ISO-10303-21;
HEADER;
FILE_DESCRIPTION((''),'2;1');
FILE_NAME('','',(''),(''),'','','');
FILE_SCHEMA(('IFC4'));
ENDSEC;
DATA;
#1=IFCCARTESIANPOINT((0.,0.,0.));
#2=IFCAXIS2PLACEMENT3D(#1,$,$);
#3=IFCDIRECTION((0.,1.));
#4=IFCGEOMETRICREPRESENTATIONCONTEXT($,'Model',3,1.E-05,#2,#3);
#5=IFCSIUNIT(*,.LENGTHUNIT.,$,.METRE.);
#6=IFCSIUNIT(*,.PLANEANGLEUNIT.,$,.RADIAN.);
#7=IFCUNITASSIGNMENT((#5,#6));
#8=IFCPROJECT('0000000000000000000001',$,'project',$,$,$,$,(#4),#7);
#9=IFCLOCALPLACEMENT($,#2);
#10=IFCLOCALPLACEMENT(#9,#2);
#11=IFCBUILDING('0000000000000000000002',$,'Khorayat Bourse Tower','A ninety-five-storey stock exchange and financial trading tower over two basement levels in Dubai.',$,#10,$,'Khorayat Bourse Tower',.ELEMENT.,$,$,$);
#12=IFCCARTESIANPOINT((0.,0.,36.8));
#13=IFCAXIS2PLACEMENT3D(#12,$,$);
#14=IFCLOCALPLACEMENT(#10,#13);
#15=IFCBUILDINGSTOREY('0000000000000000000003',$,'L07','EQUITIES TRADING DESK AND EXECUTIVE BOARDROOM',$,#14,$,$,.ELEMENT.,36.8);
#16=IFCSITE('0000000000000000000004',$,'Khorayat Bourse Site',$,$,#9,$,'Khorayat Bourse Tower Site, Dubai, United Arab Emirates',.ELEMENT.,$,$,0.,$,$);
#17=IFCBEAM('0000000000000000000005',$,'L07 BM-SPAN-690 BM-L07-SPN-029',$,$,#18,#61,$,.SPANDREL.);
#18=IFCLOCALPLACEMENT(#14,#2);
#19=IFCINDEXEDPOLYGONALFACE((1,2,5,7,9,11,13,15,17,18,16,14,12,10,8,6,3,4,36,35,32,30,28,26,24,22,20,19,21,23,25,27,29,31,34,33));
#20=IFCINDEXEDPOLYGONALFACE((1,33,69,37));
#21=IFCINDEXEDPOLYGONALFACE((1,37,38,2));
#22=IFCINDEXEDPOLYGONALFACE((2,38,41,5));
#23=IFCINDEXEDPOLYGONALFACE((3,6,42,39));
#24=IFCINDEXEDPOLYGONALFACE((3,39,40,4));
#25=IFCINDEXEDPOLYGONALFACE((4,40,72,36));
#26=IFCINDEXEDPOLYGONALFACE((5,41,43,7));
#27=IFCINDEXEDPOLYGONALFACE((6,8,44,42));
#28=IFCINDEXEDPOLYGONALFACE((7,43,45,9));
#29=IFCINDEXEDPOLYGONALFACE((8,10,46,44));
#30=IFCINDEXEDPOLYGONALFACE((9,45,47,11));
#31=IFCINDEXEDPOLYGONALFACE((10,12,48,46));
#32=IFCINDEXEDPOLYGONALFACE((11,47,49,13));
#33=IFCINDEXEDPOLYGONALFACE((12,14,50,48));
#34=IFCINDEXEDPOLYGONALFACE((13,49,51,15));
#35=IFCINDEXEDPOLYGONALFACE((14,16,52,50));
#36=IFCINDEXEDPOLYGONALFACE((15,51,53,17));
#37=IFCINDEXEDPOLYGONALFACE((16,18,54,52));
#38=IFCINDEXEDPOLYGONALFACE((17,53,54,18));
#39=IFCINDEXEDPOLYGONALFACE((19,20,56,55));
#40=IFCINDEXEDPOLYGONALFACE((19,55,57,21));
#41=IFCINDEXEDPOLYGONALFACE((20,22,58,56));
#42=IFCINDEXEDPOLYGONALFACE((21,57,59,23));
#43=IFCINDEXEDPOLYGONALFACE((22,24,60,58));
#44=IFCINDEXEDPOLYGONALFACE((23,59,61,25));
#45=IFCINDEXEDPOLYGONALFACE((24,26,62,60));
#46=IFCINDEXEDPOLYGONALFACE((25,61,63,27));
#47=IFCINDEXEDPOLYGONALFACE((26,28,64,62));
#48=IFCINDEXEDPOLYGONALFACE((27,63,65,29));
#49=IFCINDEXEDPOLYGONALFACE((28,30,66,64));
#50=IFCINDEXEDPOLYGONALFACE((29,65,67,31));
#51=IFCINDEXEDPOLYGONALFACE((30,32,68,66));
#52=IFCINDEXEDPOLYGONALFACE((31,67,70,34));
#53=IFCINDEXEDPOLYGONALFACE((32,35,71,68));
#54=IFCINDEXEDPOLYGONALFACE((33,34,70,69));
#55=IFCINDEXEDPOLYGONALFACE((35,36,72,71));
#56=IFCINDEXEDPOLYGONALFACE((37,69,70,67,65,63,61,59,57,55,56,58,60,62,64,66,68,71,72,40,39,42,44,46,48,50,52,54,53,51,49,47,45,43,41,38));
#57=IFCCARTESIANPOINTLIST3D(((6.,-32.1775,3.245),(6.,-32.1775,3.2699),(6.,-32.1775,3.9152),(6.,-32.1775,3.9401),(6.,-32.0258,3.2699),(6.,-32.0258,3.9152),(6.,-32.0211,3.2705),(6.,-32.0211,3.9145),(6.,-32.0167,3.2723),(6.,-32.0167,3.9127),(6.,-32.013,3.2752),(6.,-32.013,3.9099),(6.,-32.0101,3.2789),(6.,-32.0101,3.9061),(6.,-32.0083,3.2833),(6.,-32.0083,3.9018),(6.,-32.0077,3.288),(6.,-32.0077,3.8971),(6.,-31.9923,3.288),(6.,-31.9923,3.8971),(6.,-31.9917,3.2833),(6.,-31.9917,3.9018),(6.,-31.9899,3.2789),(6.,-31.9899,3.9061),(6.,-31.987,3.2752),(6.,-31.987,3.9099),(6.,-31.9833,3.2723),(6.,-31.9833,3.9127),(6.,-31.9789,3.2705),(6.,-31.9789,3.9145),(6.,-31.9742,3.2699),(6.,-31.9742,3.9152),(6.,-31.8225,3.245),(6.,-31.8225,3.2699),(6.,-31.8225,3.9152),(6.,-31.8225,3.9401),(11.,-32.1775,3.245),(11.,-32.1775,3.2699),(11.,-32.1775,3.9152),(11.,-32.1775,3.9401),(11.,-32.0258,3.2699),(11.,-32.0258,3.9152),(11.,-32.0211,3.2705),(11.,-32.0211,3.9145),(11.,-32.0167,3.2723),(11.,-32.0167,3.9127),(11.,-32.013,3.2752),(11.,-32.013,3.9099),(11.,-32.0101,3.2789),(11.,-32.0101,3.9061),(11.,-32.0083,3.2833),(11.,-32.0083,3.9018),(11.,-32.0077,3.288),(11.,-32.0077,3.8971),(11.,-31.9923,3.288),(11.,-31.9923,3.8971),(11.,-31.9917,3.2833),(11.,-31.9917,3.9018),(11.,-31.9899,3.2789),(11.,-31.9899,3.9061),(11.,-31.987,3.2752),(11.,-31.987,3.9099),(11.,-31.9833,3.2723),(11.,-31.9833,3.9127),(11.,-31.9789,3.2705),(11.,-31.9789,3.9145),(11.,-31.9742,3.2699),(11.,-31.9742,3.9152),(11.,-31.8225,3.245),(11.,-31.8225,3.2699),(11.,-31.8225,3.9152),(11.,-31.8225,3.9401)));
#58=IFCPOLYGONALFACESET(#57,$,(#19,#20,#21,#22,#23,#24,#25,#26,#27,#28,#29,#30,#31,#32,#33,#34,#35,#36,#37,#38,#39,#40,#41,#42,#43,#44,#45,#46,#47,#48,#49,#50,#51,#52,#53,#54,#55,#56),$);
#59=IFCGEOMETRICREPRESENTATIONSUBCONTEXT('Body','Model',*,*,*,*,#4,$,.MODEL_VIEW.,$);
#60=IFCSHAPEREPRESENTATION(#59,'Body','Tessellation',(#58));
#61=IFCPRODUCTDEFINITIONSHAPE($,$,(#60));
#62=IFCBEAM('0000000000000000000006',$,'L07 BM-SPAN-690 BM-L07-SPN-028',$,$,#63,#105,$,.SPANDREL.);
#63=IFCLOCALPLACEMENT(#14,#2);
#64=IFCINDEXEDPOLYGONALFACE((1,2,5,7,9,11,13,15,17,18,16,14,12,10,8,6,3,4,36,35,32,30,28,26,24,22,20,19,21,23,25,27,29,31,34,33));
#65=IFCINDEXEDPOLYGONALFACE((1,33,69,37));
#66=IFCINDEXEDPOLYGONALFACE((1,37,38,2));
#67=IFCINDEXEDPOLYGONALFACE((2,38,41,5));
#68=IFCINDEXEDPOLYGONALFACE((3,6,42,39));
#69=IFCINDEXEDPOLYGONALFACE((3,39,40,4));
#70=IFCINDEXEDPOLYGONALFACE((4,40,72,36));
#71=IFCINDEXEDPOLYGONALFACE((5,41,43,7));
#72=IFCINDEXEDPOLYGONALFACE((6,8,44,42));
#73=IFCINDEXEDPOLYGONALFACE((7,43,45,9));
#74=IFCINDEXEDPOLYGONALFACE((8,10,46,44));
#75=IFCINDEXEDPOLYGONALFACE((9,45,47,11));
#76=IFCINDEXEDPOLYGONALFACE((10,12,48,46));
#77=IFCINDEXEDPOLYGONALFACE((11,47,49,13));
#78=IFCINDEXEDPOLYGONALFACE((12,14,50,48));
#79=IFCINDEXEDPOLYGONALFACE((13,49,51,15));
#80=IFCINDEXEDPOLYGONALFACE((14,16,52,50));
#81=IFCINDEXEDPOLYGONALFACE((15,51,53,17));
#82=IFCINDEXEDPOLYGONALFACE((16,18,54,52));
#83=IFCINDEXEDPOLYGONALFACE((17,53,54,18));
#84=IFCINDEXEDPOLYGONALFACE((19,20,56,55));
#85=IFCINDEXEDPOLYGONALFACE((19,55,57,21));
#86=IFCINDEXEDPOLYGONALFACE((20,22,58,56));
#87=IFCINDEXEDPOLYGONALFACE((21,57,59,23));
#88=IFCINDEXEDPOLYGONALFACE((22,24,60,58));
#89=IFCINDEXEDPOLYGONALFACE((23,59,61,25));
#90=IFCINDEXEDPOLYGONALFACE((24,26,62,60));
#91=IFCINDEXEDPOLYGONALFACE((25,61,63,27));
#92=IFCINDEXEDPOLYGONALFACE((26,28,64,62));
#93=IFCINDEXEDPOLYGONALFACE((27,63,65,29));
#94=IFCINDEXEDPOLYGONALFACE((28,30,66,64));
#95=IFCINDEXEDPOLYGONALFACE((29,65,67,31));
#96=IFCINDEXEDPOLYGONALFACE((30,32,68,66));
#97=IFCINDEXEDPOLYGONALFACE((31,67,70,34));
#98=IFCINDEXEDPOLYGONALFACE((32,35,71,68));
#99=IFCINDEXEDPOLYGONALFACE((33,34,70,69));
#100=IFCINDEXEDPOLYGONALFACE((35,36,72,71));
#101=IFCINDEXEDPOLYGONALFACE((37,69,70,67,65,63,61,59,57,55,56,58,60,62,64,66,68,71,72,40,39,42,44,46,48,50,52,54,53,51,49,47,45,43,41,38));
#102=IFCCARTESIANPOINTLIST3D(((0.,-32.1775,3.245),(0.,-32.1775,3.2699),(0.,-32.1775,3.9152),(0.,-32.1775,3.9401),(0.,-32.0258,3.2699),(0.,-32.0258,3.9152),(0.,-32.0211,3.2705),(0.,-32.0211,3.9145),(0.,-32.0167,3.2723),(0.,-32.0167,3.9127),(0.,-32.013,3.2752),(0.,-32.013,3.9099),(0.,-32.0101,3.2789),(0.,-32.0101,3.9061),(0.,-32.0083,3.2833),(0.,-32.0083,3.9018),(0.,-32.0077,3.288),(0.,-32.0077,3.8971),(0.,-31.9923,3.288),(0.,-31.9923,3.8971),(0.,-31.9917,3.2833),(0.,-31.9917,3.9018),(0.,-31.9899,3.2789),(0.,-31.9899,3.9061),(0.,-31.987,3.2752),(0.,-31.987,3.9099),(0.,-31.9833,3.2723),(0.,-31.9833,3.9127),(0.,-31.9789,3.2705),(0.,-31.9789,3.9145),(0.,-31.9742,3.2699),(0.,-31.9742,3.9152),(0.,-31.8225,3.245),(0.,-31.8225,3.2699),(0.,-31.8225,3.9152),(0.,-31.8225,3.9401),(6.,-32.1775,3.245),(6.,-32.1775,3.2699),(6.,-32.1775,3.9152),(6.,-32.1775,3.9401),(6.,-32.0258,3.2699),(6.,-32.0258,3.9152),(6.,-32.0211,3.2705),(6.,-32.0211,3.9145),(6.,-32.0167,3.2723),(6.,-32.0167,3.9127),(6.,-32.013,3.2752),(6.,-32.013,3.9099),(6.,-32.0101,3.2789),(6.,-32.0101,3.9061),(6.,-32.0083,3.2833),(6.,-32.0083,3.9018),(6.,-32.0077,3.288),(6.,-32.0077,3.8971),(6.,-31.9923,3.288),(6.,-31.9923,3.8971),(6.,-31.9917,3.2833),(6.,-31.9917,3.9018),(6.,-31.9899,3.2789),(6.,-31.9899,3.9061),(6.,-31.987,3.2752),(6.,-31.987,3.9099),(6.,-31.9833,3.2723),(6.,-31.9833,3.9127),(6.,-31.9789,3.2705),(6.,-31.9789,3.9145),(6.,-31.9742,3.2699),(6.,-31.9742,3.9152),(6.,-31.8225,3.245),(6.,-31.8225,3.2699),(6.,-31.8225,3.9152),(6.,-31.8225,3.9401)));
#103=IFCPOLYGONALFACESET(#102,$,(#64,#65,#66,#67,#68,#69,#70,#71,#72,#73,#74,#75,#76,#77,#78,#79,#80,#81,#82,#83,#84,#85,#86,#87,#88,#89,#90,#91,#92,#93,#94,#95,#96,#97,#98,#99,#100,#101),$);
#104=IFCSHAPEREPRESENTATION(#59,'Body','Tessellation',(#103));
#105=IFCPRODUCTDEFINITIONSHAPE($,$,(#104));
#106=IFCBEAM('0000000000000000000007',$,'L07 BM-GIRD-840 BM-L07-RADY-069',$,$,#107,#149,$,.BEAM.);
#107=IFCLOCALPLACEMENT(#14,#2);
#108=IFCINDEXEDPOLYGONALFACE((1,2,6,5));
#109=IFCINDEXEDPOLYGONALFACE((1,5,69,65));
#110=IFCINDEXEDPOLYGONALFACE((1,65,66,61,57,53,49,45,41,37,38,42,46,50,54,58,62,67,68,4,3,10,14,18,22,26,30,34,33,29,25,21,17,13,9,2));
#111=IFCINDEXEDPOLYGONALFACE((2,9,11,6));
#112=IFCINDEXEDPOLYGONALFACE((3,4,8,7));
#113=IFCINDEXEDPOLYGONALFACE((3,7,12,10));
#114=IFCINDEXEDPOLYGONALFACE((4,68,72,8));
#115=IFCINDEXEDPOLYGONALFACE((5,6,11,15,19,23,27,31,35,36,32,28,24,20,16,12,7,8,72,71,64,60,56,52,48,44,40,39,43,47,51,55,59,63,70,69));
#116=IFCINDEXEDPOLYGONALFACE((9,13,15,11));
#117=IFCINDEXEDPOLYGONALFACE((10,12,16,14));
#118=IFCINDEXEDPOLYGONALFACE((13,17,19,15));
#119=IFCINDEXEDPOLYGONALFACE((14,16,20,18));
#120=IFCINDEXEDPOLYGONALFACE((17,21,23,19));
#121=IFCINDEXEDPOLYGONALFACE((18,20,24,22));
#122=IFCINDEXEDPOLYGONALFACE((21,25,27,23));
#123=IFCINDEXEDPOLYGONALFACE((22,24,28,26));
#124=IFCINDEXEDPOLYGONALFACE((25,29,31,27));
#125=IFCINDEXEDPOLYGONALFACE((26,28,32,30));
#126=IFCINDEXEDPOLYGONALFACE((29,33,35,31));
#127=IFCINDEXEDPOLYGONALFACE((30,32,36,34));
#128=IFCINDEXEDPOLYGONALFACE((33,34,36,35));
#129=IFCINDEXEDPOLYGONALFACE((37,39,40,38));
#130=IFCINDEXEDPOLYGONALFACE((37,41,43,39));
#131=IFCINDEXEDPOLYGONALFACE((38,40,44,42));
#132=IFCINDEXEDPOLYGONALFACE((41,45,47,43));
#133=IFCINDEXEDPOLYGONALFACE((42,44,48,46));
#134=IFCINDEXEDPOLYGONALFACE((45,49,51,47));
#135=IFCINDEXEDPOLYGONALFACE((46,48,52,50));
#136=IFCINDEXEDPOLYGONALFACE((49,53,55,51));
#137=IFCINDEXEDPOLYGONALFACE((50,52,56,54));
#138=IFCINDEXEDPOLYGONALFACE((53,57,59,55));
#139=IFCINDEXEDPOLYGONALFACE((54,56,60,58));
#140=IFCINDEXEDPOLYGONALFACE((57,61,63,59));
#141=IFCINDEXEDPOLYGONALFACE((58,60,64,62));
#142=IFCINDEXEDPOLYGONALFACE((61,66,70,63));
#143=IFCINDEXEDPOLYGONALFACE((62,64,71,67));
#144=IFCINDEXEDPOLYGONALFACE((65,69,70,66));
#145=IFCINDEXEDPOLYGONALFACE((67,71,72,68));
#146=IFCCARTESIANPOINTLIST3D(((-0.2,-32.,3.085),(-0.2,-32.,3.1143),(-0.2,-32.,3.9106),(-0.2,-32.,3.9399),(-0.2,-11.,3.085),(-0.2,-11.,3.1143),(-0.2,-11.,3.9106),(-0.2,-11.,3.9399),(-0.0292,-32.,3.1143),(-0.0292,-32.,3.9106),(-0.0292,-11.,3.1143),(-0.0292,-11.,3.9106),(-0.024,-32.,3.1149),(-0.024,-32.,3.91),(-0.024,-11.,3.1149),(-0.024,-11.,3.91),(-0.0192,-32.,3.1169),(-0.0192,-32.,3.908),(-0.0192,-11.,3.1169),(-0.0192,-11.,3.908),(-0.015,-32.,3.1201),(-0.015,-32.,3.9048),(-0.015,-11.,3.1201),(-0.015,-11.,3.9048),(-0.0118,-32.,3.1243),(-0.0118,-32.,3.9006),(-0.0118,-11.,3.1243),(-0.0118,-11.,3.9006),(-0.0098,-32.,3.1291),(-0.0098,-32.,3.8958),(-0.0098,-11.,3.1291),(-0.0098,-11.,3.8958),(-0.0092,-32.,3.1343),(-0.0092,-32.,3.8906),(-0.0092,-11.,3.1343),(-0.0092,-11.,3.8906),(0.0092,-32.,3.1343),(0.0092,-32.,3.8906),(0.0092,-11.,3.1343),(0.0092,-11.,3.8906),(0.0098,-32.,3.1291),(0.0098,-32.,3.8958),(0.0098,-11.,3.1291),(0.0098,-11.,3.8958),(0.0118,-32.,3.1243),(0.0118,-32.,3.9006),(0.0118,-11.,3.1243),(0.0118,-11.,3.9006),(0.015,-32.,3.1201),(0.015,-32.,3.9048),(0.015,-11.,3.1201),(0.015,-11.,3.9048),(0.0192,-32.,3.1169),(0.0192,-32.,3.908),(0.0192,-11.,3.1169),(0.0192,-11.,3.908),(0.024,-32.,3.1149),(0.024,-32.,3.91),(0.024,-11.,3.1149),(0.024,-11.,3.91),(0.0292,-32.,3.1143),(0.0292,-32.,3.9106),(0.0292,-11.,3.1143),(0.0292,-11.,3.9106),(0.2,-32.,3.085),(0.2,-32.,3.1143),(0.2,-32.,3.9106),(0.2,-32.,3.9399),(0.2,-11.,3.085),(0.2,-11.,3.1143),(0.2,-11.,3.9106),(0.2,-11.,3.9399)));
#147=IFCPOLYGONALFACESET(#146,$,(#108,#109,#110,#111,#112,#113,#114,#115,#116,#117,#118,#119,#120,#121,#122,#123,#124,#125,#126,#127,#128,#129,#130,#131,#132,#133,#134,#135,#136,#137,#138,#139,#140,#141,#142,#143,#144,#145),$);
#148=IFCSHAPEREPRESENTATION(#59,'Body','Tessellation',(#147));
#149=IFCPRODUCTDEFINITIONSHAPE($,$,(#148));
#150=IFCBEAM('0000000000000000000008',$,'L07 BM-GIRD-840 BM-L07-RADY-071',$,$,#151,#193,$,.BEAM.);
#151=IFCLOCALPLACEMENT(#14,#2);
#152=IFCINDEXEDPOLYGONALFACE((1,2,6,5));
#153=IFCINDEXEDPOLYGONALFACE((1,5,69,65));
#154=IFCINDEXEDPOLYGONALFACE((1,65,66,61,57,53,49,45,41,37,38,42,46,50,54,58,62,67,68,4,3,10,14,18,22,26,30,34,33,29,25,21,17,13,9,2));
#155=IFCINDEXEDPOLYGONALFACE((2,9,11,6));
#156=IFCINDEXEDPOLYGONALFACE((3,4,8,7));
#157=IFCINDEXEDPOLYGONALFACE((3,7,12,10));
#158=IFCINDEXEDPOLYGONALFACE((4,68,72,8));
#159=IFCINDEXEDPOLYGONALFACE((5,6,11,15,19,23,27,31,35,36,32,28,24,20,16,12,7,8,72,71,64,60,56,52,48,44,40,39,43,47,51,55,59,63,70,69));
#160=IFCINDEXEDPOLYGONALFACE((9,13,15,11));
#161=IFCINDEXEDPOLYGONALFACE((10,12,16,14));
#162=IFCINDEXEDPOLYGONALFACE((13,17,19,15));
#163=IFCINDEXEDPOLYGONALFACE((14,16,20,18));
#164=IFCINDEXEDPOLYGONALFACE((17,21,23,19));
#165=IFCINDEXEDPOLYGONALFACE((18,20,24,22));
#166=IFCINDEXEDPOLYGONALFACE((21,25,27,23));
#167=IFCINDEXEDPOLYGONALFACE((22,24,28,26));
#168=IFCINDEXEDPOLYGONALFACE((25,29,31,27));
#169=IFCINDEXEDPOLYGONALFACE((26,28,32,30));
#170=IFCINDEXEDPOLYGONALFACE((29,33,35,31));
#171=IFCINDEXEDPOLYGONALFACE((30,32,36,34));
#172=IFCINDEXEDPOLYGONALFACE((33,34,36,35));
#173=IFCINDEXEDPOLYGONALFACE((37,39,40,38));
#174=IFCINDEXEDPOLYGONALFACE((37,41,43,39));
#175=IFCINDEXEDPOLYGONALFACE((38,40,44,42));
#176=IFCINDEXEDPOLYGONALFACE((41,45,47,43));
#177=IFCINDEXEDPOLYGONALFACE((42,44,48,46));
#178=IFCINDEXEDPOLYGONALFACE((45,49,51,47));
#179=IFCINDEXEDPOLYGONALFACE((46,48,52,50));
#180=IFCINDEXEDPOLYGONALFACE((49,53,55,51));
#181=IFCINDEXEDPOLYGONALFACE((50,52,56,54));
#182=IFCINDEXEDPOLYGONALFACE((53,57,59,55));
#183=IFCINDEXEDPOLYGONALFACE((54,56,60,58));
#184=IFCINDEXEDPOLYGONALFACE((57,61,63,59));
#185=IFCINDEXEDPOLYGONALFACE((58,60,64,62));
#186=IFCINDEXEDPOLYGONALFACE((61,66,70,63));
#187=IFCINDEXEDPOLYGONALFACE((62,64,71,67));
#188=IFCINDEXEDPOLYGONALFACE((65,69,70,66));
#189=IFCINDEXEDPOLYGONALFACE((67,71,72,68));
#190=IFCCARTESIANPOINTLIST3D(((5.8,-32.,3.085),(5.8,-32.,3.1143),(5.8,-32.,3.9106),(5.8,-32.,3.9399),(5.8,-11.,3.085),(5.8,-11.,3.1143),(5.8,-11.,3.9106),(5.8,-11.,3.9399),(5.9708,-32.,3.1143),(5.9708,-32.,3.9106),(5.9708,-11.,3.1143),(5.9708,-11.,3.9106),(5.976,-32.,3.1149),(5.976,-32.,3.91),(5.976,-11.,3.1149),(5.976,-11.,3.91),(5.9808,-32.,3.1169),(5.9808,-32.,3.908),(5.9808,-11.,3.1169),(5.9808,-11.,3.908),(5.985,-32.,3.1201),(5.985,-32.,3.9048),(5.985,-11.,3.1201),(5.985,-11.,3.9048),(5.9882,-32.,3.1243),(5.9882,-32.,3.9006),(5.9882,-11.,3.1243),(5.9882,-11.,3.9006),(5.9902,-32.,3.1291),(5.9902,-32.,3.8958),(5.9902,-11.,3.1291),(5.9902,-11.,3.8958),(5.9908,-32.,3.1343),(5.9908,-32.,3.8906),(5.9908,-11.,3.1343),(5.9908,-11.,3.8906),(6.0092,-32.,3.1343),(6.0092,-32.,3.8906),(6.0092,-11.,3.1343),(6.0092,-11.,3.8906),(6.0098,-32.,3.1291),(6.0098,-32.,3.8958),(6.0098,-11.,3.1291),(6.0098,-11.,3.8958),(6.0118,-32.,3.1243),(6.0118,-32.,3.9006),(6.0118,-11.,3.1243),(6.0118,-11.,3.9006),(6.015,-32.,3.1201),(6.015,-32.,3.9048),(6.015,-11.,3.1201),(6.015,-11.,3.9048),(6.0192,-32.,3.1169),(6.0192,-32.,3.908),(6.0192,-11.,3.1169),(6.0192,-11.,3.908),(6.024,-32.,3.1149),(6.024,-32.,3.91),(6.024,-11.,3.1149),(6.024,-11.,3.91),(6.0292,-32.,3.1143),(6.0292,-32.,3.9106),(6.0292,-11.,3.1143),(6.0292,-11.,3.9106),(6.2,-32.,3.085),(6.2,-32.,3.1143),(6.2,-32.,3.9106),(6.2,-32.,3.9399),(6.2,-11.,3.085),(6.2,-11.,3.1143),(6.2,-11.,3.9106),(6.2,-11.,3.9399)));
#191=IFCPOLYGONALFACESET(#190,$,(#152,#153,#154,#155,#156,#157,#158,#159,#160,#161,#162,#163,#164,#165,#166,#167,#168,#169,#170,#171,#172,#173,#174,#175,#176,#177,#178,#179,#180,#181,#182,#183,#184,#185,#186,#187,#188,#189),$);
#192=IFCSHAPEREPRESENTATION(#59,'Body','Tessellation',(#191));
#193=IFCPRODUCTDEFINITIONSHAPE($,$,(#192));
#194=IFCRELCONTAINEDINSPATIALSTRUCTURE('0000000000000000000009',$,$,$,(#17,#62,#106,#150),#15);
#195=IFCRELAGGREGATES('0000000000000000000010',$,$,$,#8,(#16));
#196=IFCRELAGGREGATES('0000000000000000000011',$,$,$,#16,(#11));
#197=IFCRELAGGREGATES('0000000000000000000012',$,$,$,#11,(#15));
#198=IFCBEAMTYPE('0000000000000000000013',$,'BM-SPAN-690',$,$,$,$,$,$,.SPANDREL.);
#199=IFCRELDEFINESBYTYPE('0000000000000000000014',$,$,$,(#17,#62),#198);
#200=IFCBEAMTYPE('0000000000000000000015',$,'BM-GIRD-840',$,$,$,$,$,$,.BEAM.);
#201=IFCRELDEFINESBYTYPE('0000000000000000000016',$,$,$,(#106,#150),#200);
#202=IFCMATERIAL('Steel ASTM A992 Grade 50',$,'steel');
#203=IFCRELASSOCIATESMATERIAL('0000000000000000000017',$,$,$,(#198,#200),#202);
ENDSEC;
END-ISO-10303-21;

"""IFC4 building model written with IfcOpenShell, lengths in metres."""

from ifc_helpers import new_model, si_unit, direction, frame, origin, origin_2d, place, context, subcontext, project, spatial, i_section, extrude, source, transform, mapped, material, material_profile, profile_set, type_object, element, save


model = new_model("IFC4")

# Units and contexts
model_context = context("Model", 3, precision=1e-05, world=origin(), true_north=direction((0.0, 1.0)))
body_context = subcontext(model_context, "Body", "Model", "MODEL_VIEW")
ifc_project = project(units=[si_unit("LENGTHUNIT", "METRE"), si_unit("PLANEANGLEUNIT", "RADIAN")], contexts=[model_context])

# Site, building, storey
site_placement = place(None, origin())
site = spatial("IfcSite", under=ifc_project, at=site_placement, Name="Khorayat Bourse Site", LongName="Khorayat Bourse Tower Site, Dubai, United Arab Emirates", CompositionType="ELEMENT", RefElevation=0.0)
building_placement = place(site_placement, origin())
building = spatial("IfcBuilding", under=site, at=building_placement, Name="Khorayat Bourse Tower", Description="A ninety-five-storey stock exchange and financial trading tower over two basement levels in Dubai.", LongName="Khorayat Bourse Tower", CompositionType="ELEMENT")
storey_placement = place(building_placement, frame((0.0, 0.0, 36.8)))
storey = spatial("IfcBuildingStorey", under=building, at=storey_placement, Name="L07", Description="EQUITIES TRADING DESK AND EXECUTIVE BOARDROOM", CompositionType="ELEMENT", Elevation=36.8)

# Beams
ifc_material_1 = material(Name="Steel ASTM A992 Grade 50", Category="steel")
ifc_material_profile_1 = material_profile(ifc_material_1, i_section(OverallWidth=0.355, OverallDepth=0.6951, WebThickness=0.0154, FlangeThickness=0.0249, FilletRadius=0.0181, at=origin_2d()), Name="W690X217")
ifc_profile_set_1 = profile_set([ifc_material_profile_1], Name="Steel ASTM A992 Grade 50")
beam_type_1 = type_object("IfcBeamType", Name="BM-SPAN-690", PredefinedType="SPANDREL", material=ifc_profile_set_1)
shared_shape_1 = source(origin(), body_context, "Body", "SweptSolid", [
    extrude(i_section(OverallWidth=0.355, OverallDepth=0.6951, WebThickness=0.0154, FlangeThickness=0.0249, FilletRadius=0.0181, at=origin_2d()), origin(), (0.0, 0.0, 1.0), 5.0),
])
beam_1_placement = place(storey_placement, frame((6.0, -32.0, 3.5925), z_axis=(1.0, 0.0, 0.0), x_axis=(0.0, 1.0, 0.0)))
element("IfcBeam", 1, at=beam_1_placement, inside=storey, type_object=beam_type_1, Name="L07 BM-SPAN-690 BM-L07-SPN-029", PredefinedType="SPANDREL", context=body_context, shape_type="MappedRepresentation", body=[
    mapped(shared_shape_1, transform((0.0, 0.0, 0.0), scale=1.0)),
])
shared_shape_2 = source(origin(), body_context, "Body", "SweptSolid", [
    extrude(i_section(OverallWidth=0.355, OverallDepth=0.6951, WebThickness=0.0154, FlangeThickness=0.0249, FilletRadius=0.0181, at=origin_2d()), origin(), (0.0, 0.0, 1.0), 6.0),
])
beam_2_placement = place(storey_placement, frame((0.0, -32.0, 3.5925), z_axis=(1.0, 0.0, 0.0), x_axis=(0.0, 1.0, 0.0)))
element("IfcBeam", 2, at=beam_2_placement, inside=storey, type_object=beam_type_1, Name="L07 BM-SPAN-690 BM-L07-SPN-028", PredefinedType="SPANDREL", context=body_context, shape_type="MappedRepresentation", body=[
    mapped(shared_shape_2, transform((0.0, 0.0, 0.0), scale=1.0)),
])
ifc_material_profile_2 = material_profile(ifc_material_1, i_section(OverallWidth=0.3999, OverallDepth=0.855, WebThickness=0.0183, FlangeThickness=0.0293, FilletRadius=0.02, at=origin_2d()), Name="W840X299")
ifc_profile_set_2 = profile_set([ifc_material_profile_2], Name="Steel ASTM A992 Grade 50")
beam_type_2 = type_object("IfcBeamType", Name="BM-GIRD-840", PredefinedType="BEAM", material=ifc_profile_set_2)
shared_shape_3 = source(origin(), body_context, "Body", "SweptSolid", [
    extrude(i_section(OverallWidth=0.3999, OverallDepth=0.855, WebThickness=0.0183, FlangeThickness=0.0293, FilletRadius=0.02, at=origin_2d()), origin(), (0.0, 0.0, 1.0), 21.0),
])
for number, where, z_axis, x_axis, name in (
    (3, (0.0, -32.0, 3.5125), (0.0, 1.0, 0.0), (-1.0, 0.0, 0.0), "L07 BM-GIRD-840 BM-L07-RADY-069"),
    (4, (6.0, -32.0, 3.5125), (0.0, 1.0, 0.0), (-1.0, 0.0, 0.0), "L07 BM-GIRD-840 BM-L07-RADY-071"),
):
    element("IfcBeam", number, at=place(storey_placement, frame(where, z_axis=z_axis, x_axis=x_axis)), inside=storey, type_object=beam_type_2, Name=name, PredefinedType="BEAM", context=body_context, shape_type="MappedRepresentation", body=[
        mapped(shared_shape_3, transform((0.0, 0.0, 0.0), scale=1.0)),
    ])

save(model, "model.ifc")
